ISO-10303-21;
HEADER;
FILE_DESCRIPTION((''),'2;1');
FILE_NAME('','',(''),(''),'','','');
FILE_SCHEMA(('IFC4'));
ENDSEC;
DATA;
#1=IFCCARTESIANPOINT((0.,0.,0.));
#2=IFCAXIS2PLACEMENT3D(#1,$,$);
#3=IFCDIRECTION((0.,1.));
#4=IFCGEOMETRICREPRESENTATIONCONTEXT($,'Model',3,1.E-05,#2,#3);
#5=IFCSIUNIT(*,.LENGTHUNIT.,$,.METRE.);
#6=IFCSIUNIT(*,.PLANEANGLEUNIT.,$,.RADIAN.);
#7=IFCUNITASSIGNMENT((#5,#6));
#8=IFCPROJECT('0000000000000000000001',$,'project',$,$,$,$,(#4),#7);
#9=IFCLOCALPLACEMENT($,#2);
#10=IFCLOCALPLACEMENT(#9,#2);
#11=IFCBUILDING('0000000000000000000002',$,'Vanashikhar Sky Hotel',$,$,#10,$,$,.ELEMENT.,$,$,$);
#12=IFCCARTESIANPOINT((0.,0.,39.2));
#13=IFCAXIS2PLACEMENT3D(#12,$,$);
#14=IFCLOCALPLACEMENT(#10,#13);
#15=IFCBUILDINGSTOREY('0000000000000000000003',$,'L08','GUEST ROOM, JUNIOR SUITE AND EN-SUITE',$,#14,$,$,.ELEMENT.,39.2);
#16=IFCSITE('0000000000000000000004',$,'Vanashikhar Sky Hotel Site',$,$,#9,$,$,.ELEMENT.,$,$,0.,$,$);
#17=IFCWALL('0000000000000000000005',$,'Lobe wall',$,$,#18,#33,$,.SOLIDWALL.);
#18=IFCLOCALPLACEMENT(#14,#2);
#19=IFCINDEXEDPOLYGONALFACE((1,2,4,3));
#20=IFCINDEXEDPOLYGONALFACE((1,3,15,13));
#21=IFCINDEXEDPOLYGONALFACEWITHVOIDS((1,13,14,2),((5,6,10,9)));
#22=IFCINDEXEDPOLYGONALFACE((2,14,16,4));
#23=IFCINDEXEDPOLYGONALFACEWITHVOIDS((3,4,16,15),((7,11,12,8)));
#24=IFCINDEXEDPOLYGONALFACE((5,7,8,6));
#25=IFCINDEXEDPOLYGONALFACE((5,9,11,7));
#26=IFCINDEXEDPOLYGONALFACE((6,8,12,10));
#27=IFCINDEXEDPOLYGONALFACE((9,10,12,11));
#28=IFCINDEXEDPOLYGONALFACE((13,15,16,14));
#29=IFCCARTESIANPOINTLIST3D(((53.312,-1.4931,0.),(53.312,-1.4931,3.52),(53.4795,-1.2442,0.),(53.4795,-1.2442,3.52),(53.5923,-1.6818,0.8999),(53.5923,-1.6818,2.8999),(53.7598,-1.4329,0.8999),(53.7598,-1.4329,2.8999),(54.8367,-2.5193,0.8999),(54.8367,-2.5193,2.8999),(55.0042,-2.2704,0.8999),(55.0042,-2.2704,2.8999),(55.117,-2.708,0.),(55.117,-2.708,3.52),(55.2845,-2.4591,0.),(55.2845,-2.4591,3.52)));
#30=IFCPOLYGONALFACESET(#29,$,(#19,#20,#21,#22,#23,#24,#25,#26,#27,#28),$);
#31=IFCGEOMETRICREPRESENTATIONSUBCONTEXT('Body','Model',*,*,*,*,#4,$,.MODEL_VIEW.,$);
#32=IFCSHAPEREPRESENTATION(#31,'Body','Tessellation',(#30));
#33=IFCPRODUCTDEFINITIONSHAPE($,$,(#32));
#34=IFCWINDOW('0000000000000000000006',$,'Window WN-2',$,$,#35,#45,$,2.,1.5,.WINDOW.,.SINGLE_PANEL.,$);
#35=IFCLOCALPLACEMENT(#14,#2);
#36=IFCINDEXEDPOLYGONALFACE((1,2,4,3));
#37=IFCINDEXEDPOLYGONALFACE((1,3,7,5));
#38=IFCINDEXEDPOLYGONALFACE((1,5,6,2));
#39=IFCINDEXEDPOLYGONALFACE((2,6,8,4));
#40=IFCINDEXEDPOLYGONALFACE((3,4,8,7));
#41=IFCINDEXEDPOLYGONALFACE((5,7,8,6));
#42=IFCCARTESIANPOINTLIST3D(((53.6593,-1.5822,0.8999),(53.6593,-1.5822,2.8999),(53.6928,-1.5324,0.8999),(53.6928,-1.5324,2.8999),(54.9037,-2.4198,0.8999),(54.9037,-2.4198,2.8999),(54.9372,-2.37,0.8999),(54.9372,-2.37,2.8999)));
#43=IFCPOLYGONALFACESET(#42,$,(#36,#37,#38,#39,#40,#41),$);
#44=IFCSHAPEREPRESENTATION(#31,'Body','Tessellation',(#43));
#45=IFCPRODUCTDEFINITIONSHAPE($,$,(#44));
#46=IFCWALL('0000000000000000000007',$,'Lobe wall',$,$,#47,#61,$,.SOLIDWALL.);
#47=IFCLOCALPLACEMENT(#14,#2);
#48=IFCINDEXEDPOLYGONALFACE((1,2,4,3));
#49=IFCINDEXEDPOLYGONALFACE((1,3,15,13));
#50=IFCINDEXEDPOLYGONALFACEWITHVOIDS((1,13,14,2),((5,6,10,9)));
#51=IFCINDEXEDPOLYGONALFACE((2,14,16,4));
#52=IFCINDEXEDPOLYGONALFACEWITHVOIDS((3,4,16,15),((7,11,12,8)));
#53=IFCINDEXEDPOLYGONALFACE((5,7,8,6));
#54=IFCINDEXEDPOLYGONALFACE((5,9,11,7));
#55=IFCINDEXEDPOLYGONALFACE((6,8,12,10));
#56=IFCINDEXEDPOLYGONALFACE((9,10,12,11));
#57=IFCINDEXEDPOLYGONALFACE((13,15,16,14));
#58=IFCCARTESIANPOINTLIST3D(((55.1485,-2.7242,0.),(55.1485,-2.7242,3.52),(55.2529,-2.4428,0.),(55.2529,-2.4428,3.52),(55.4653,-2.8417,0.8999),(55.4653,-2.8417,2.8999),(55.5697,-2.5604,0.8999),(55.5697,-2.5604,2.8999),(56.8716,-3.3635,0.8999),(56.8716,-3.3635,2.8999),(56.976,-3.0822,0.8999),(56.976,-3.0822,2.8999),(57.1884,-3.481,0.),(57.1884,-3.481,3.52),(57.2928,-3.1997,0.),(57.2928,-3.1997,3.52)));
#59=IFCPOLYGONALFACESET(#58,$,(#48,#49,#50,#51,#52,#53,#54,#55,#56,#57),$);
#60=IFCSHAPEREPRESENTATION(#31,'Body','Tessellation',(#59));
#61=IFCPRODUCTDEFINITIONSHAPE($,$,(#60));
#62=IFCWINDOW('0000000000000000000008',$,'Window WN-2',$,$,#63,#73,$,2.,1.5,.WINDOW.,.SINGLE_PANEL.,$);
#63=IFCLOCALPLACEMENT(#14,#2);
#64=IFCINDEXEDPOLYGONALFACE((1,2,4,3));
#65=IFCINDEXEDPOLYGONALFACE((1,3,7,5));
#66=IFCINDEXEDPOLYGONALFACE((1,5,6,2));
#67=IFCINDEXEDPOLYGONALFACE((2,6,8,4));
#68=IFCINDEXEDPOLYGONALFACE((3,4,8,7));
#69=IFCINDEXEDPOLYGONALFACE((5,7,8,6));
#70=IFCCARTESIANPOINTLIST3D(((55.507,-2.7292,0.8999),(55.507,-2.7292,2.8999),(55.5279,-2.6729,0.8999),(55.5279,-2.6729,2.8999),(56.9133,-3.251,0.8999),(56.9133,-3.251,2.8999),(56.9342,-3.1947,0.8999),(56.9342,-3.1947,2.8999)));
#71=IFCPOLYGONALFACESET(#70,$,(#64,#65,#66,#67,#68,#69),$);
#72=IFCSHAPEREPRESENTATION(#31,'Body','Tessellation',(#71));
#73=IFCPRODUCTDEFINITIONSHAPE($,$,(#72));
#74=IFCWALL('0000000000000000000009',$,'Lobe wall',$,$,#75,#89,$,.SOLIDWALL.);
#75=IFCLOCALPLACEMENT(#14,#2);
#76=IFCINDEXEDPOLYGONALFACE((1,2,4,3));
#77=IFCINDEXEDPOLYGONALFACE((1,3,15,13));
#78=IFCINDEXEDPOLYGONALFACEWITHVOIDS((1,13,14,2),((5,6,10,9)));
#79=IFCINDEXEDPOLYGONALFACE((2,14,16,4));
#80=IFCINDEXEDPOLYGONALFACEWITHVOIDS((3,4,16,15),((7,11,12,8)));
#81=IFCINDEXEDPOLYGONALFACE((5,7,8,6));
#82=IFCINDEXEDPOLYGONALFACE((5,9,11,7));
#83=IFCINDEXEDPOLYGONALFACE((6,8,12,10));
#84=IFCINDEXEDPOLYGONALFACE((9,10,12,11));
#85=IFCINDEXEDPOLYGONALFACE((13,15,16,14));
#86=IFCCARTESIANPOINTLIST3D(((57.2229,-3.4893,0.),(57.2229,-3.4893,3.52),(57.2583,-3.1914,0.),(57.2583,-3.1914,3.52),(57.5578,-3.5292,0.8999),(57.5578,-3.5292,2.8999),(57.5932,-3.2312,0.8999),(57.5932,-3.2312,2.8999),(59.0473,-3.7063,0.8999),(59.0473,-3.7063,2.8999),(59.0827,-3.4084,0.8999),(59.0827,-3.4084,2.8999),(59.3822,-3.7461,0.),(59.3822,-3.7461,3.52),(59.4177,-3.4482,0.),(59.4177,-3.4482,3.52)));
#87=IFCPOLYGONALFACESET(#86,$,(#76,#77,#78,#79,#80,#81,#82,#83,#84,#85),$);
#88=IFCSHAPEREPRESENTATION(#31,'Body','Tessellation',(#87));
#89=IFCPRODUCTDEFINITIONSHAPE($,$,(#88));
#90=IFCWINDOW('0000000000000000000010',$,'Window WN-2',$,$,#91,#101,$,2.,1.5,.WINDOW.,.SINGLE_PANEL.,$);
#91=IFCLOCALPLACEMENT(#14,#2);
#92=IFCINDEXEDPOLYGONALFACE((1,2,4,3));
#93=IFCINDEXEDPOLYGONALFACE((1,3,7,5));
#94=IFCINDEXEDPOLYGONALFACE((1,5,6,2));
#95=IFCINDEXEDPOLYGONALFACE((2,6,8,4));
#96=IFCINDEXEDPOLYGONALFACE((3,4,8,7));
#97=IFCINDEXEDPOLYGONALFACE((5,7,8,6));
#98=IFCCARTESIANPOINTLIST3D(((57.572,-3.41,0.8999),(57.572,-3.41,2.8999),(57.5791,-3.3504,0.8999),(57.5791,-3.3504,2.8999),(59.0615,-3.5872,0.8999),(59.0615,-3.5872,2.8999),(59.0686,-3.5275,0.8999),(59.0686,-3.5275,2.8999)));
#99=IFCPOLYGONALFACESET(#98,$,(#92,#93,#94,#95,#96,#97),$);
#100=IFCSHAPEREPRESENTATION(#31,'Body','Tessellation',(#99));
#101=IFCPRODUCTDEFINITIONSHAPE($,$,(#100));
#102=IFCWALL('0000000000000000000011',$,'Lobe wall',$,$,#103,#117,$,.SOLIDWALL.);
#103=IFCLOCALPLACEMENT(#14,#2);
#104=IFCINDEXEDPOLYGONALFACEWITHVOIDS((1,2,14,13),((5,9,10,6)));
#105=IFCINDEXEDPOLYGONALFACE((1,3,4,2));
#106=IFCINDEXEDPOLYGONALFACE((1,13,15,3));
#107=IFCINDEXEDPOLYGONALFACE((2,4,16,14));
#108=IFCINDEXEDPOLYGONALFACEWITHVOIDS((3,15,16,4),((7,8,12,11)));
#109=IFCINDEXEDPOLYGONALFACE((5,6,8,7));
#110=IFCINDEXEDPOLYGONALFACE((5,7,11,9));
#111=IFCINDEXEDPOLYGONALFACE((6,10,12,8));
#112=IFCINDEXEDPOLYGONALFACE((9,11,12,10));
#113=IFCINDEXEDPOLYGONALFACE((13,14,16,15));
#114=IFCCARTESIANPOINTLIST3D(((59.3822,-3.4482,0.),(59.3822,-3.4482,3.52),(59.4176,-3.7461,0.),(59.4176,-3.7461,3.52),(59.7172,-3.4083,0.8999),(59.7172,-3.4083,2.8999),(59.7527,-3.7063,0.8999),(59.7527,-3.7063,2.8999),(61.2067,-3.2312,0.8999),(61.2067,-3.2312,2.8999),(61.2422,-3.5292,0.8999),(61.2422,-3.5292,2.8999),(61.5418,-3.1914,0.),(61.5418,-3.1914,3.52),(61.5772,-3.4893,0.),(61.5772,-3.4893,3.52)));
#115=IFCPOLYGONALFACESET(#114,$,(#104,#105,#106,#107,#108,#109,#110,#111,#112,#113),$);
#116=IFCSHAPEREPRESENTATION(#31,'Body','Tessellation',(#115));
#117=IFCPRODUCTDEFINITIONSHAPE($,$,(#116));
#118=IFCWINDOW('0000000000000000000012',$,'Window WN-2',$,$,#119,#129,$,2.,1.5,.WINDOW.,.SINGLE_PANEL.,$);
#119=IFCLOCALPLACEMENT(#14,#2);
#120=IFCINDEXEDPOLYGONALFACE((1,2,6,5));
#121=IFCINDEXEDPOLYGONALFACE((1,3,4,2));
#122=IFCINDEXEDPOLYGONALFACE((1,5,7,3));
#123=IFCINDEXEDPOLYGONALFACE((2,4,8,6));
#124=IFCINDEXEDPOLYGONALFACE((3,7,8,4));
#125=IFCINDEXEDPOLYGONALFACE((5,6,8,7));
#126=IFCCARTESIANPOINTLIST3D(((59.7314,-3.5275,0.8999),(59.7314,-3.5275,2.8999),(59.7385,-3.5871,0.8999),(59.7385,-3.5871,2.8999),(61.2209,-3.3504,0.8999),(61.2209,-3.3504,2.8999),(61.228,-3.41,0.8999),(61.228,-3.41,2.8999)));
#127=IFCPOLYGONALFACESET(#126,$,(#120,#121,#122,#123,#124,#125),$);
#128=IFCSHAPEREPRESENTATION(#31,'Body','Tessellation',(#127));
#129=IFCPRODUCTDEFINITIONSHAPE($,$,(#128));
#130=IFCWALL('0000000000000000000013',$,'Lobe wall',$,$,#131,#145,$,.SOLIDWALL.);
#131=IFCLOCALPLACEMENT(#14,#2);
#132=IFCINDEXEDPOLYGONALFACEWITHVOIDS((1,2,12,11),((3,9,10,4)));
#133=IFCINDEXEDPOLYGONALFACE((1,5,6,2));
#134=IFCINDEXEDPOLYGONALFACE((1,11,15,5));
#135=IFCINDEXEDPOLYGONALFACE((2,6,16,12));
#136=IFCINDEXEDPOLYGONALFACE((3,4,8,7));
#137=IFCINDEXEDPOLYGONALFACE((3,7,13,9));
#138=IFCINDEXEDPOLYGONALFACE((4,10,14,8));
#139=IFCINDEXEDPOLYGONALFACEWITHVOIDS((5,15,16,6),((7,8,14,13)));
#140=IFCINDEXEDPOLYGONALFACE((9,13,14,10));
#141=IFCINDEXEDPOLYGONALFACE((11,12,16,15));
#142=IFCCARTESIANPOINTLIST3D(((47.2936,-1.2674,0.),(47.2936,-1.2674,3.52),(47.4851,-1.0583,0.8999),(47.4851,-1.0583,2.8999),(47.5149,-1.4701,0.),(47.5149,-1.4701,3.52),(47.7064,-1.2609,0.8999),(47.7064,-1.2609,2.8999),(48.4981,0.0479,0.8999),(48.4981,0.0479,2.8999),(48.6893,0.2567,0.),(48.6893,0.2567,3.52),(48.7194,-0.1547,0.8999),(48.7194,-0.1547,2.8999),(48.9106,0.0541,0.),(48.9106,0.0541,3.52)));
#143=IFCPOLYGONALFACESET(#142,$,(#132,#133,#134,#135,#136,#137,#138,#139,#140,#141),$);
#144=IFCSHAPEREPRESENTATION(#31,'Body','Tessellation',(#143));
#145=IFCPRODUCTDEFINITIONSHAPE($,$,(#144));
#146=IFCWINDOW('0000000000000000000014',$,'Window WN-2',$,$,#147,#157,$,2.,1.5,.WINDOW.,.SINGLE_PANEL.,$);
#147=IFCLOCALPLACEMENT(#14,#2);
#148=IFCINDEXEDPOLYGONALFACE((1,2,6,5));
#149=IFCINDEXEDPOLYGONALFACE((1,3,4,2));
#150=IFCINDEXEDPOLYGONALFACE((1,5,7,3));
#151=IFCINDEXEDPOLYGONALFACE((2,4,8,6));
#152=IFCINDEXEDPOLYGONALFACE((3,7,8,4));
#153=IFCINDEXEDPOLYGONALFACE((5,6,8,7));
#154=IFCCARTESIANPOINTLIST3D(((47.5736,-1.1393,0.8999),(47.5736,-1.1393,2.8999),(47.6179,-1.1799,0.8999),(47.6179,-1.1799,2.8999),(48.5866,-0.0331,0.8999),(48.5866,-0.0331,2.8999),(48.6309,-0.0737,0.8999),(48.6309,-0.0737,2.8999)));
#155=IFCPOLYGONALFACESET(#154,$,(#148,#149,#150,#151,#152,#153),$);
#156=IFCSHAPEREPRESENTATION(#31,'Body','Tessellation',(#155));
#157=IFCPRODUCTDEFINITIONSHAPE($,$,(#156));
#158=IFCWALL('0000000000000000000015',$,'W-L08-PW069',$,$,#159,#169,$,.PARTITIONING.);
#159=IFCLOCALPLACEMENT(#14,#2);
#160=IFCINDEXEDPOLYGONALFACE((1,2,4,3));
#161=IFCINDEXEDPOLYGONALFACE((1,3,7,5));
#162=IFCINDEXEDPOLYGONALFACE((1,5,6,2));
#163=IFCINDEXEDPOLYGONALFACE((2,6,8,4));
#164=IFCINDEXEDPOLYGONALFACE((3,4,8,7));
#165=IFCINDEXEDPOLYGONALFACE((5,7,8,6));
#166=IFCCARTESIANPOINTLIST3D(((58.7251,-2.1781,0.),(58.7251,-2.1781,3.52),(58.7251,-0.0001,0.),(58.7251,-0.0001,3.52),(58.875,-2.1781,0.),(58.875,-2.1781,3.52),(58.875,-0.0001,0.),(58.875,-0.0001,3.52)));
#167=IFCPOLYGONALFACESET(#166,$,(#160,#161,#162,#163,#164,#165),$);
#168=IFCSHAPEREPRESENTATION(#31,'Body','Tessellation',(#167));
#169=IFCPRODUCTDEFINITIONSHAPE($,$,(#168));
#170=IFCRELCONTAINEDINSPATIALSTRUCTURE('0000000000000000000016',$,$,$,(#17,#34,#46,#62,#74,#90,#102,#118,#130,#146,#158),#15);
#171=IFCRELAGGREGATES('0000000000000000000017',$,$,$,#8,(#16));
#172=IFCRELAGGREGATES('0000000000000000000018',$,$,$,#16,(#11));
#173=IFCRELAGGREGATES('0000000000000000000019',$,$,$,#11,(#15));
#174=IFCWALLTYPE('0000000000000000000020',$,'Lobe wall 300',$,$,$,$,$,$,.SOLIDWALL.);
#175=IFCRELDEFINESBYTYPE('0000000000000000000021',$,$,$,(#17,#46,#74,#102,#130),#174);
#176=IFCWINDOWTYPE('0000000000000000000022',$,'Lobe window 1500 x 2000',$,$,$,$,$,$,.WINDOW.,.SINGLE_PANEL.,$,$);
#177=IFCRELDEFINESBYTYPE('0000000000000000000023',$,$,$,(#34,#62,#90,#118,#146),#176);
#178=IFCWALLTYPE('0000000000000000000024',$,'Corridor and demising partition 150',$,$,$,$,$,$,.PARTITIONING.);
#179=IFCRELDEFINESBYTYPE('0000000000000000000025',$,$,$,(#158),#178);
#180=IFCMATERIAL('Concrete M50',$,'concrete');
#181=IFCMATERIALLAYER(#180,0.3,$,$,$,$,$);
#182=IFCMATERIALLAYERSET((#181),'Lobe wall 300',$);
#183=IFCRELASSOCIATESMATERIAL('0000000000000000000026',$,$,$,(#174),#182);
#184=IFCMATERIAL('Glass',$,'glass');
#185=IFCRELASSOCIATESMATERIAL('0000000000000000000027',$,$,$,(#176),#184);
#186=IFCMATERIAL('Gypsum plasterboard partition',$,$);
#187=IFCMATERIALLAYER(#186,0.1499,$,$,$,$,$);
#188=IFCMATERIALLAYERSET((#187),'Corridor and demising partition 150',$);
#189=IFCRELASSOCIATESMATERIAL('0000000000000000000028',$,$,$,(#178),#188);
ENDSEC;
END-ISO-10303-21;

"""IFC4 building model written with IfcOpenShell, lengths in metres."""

from ifc_helpers import new_model, si_unit, direction, frame, frame_2d, origin, place, context, subcontext, project, spatial, rectangle, extrude, source, transform, mapped, material, layer, layer_set, type_object, element, fill, save


model = new_model("IFC4")

# Units and contexts
model_context = context("Model", 3, precision=1e-05, world=origin(), true_north=direction((0.0, 1.0)))
body_context = subcontext(model_context, "Body", "Model", "MODEL_VIEW")
ifc_project = project(units=[si_unit("LENGTHUNIT", "METRE"), si_unit("PLANEANGLEUNIT", "RADIAN")], contexts=[model_context])

# Site, building, storey
site_placement = place(None, origin())
site = spatial("IfcSite", under=ifc_project, at=site_placement, Name="Vanashikhar Sky Hotel Site", CompositionType="ELEMENT", RefElevation=0.0)
building_placement = place(site_placement, origin())
building = spatial("IfcBuilding", under=site, at=building_placement, Name="Vanashikhar Sky Hotel", CompositionType="ELEMENT")
storey_placement = place(building_placement, frame((0.0, 0.0, 39.2)))
storey = spatial("IfcBuildingStorey", under=building, at=storey_placement, Name="L08", Description="GUEST ROOM, JUNIOR SUITE AND EN-SUITE", CompositionType="ELEMENT", Elevation=39.2)

# Walls, openings, windows
ifc_material_1 = material(Name="Concrete M50", Category="concrete")
ifc_layer_1 = layer(ifc_material_1, 0.3)
ifc_layer_set_1 = layer_set([ifc_layer_1], Name="Lobe wall 300")
wall_type_1 = type_object("IfcWallType", Name="Lobe wall 300", PredefinedType="SOLIDWALL", material=ifc_layer_set_1)
shared_shape_1 = source(origin(), body_context, "Body", "SweptSolid", [
    extrude(rectangle(XDim=2.1758, YDim=0.3, at=frame_2d((1.0879, 0.0))), origin(), (0.0, 0.0, 1.0), 3.52),
])
wall_1_placement = place(storey_placement, frame((53.3958, -1.3687, 0.0), z_axis=(0.0, 0.0, 1.0), x_axis=(0.829591, -0.558372, 0.0)))
wall_1 = element("IfcWall", 1, at=wall_1_placement, inside=storey, type_object=wall_type_1, Name="Lobe wall", PredefinedType="SOLIDWALL", context=body_context, shape_type="MappedRepresentation", body=[
    mapped(shared_shape_1, transform((0.0, 0.0, 0.0), scale=1.0)),
])
shared_shape_2 = source(origin(), body_context, "Body", "SweptSolid", [
    extrude(rectangle(XDim=1.5, YDim=2.0, at=frame_2d((0.75, 1.0))), frame((0.0, 0.1602, 0.0), z_axis=(0.0, -1.0, 0.0), x_axis=(1.0, 0.0, 0.0)), (0.0, 0.0, 1.0), 0.3201),
])
opening_1_placement = place(wall_1_placement, frame((0.3379, 0.0, 0.8999)))
opening_1 = element("IfcOpeningElement", 2, at=opening_1_placement, cuts=wall_1, PredefinedType="OPENING", context=body_context, shape_type="MappedRepresentation", body=[
    mapped(shared_shape_2, transform((0.0, 0.0, 0.0), scale=1.0)),
])
ifc_material_2 = material(Name="Glass", Category="glass")
window_type = type_object("IfcWindowType", Name="Lobe window 1500 x 2000", PartitioningType="SINGLE_PANEL", PredefinedType="WINDOW", material=ifc_material_2)
shared_shape_3 = source(origin(), body_context, "Body", "SweptSolid", [
    extrude(rectangle(XDim=1.5, YDim=2.0, at=frame_2d((0.75, 1.0))), frame((0.0, 0.03, 0.0), z_axis=(0.0, -1.0, 0.0), x_axis=(1.0, 0.0, 0.0)), (0.0, 0.0, 1.0), 0.0601),
])
window_1_placement = place(opening_1_placement, origin())
window_1 = element("IfcWindow", 3, at=window_1_placement, inside=storey, type_object=window_type, Name="Window WN-2", OverallHeight=2.0, OverallWidth=1.5, PartitioningType="SINGLE_PANEL", PredefinedType="WINDOW", context=body_context, shape_type="MappedRepresentation", body=[
    mapped(shared_shape_3, transform((0.0, 0.0, 0.0), scale=1.0)),
])
fill(opening_1, window_1)
wall_2_placement = place(storey_placement, frame((55.2007, -2.5835, 0.0), z_axis=(0.0, 0.0, 1.0), x_axis=(0.937546, -0.347863, 0.0)))
wall_2 = element("IfcWall", 4, at=wall_2_placement, inside=storey, type_object=wall_type_1, Name="Lobe wall", PredefinedType="SOLIDWALL", context=body_context, shape_type="MappedRepresentation", body=[
    mapped(shared_shape_1, transform((0.0, 0.0, 0.0), scale=1.0)),
])
opening_2_placement = place(wall_2_placement, frame((0.3379, 0.0, 0.8999)))
opening_2 = element("IfcOpeningElement", 5, at=opening_2_placement, cuts=wall_2, PredefinedType="OPENING", context=body_context, shape_type="MappedRepresentation", body=[
    mapped(shared_shape_2, transform((0.0, 0.0, 0.0), scale=1.0)),
])
window_2_placement = place(opening_2_placement, origin())
window_2 = element("IfcWindow", 6, at=window_2_placement, inside=storey, type_object=window_type, Name="Window WN-2", OverallHeight=2.0, OverallWidth=1.5, PartitioningType="SINGLE_PANEL", PredefinedType="WINDOW", context=body_context, shape_type="MappedRepresentation", body=[
    mapped(shared_shape_3, transform((0.0, 0.0, 0.0), scale=1.0)),
])
fill(opening_2, window_2)
shared_shape_4 = source(origin(), body_context, "Body", "SweptSolid", [
    extrude(rectangle(XDim=2.1746, YDim=0.3, at=frame_2d((1.0874, 0.0))), origin(), (0.0, 0.0, 1.0), 3.52),
])
wall_3_placement = place(storey_placement, frame((57.2405, -3.3403, 0.0), z_axis=(0.0, 0.0, 1.0), x_axis=(0.993001, -0.118105, 0.0)))
wall_3 = element("IfcWall", 7, at=wall_3_placement, inside=storey, type_object=wall_type_1, Name="Lobe wall", PredefinedType="SOLIDWALL", context=body_context, shape_type="MappedRepresentation", body=[
    mapped(shared_shape_4, transform((0.0, 0.0, 0.0), scale=1.0)),
])
opening_3_placement = place(wall_3_placement, frame((0.3374, 0.0, 0.8999)))
opening_3 = element("IfcOpeningElement", 8, at=opening_3_placement, cuts=wall_3, PredefinedType="OPENING", context=body_context, shape_type="MappedRepresentation", body=[
    mapped(shared_shape_2, transform((0.0, 0.0, 0.0), scale=1.0)),
])
window_3_placement = place(opening_3_placement, origin())
window_3 = element("IfcWindow", 9, at=window_3_placement, inside=storey, type_object=window_type, Name="Window WN-2", OverallHeight=2.0, OverallWidth=1.5, PartitioningType="SINGLE_PANEL", PredefinedType="WINDOW", context=body_context, shape_type="MappedRepresentation", body=[
    mapped(shared_shape_3, transform((0.0, 0.0, 0.0), scale=1.0)),
])
fill(opening_3, window_3)
shared_shape_5 = source(origin(), body_context, "Body", "SweptSolid", [
    extrude(rectangle(XDim=2.1748, YDim=0.3, at=frame_2d((1.0874, 0.0))), origin(), (0.0, 0.0, 1.0), 3.52),
])
wall_4_placement = place(storey_placement, frame((59.3999, -3.5972, 0.0), z_axis=(0.0, 0.0, 1.0), x_axis=(0.993003, 0.118092, 0.0)))
wall_4 = element("IfcWall", 10, at=wall_4_placement, inside=storey, type_object=wall_type_1, Name="Lobe wall", PredefinedType="SOLIDWALL", context=body_context, shape_type="MappedRepresentation", body=[
    mapped(shared_shape_5, transform((0.0, 0.0, 0.0), scale=1.0)),
])
opening_4_placement = place(wall_4_placement, frame((0.3374, 0.0, 0.8999)))
opening_4 = element("IfcOpeningElement", 11, at=opening_4_placement, cuts=wall_4, PredefinedType="OPENING", context=body_context, shape_type="MappedRepresentation", body=[
    mapped(shared_shape_2, transform((0.0, 0.0, 0.0), scale=1.0)),
])
window_4_placement = place(opening_4_placement, origin())
window_4 = element("IfcWindow", 12, at=window_4_placement, inside=storey, type_object=window_type, Name="Window WN-2", OverallHeight=2.0, OverallWidth=1.5, PartitioningType="SINGLE_PANEL", PredefinedType="WINDOW", context=body_context, shape_type="MappedRepresentation", body=[
    mapped(shared_shape_3, transform((0.0, 0.0, 0.0), scale=1.0)),
])
fill(opening_4, window_4)
shared_shape_6 = source(origin(), body_context, "Body", "SweptSolid", [
    extrude(rectangle(XDim=2.0667, YDim=0.3, at=frame_2d((1.0332, 0.0))), origin(), (0.0, 0.0, 1.0), 3.52),
])
wall_5_placement = place(storey_placement, frame((47.4043, -1.3687, 0.0), z_axis=(0.0, 0.0, 1.0), x_axis=(0.675355, 0.737492, 0.0)))
wall_5 = element("IfcWall", 13, at=wall_5_placement, inside=storey, type_object=wall_type_1, Name="Lobe wall", PredefinedType="SOLIDWALL", context=body_context, shape_type="MappedRepresentation", body=[
    mapped(shared_shape_6, transform((0.0, 0.0, 0.0), scale=1.0)),
])
opening_5_placement = place(wall_5_placement, frame((0.2834, 0.0, 0.8999)))
opening_5 = element("IfcOpeningElement", 14, at=opening_5_placement, cuts=wall_5, PredefinedType="OPENING", context=body_context, shape_type="MappedRepresentation", body=[
    mapped(shared_shape_2, transform((0.0, 0.0, 0.0), scale=1.0)),
])
window_5_placement = place(opening_5_placement, origin())
window_5 = element("IfcWindow", 15, at=window_5_placement, inside=storey, type_object=window_type, Name="Window WN-2", OverallHeight=2.0, OverallWidth=1.5, PartitioningType="SINGLE_PANEL", PredefinedType="WINDOW", context=body_context, shape_type="MappedRepresentation", body=[
    mapped(shared_shape_3, transform((0.0, 0.0, 0.0), scale=1.0)),
])
fill(opening_5, window_5)

# Wall
ifc_material_3 = material(Name="Gypsum plasterboard partition")
ifc_layer_2 = layer(ifc_material_3, 0.1499)
ifc_layer_set_2 = layer_set([ifc_layer_2], Name="Corridor and demising partition 150")
wall_type_2 = type_object("IfcWallType", Name="Corridor and demising partition 150", PredefinedType="PARTITIONING", material=ifc_layer_set_2)
shared_shape_7 = source(origin(), body_context, "Body", "SweptSolid", [
    extrude(rectangle(XDim=2.178, YDim=0.1499, at=frame_2d((1.0889, 0.0))), origin(), (0.0, 0.0, 1.0), 3.52),
])
wall_6_placement = place(storey_placement, frame((58.8, -2.178, 0.0), z_axis=(0.0, 0.0, 1.0), x_axis=(0.0, 1.0, 0.0)))
element("IfcWall", 16, at=wall_6_placement, inside=storey, type_object=wall_type_2, Name="W-L08-PW069", PredefinedType="PARTITIONING", context=body_context, shape_type="MappedRepresentation", body=[
    mapped(shared_shape_7, transform((0.0, 0.0, 0.0), scale=1.0)),
])

save(model, "model.ifc")
